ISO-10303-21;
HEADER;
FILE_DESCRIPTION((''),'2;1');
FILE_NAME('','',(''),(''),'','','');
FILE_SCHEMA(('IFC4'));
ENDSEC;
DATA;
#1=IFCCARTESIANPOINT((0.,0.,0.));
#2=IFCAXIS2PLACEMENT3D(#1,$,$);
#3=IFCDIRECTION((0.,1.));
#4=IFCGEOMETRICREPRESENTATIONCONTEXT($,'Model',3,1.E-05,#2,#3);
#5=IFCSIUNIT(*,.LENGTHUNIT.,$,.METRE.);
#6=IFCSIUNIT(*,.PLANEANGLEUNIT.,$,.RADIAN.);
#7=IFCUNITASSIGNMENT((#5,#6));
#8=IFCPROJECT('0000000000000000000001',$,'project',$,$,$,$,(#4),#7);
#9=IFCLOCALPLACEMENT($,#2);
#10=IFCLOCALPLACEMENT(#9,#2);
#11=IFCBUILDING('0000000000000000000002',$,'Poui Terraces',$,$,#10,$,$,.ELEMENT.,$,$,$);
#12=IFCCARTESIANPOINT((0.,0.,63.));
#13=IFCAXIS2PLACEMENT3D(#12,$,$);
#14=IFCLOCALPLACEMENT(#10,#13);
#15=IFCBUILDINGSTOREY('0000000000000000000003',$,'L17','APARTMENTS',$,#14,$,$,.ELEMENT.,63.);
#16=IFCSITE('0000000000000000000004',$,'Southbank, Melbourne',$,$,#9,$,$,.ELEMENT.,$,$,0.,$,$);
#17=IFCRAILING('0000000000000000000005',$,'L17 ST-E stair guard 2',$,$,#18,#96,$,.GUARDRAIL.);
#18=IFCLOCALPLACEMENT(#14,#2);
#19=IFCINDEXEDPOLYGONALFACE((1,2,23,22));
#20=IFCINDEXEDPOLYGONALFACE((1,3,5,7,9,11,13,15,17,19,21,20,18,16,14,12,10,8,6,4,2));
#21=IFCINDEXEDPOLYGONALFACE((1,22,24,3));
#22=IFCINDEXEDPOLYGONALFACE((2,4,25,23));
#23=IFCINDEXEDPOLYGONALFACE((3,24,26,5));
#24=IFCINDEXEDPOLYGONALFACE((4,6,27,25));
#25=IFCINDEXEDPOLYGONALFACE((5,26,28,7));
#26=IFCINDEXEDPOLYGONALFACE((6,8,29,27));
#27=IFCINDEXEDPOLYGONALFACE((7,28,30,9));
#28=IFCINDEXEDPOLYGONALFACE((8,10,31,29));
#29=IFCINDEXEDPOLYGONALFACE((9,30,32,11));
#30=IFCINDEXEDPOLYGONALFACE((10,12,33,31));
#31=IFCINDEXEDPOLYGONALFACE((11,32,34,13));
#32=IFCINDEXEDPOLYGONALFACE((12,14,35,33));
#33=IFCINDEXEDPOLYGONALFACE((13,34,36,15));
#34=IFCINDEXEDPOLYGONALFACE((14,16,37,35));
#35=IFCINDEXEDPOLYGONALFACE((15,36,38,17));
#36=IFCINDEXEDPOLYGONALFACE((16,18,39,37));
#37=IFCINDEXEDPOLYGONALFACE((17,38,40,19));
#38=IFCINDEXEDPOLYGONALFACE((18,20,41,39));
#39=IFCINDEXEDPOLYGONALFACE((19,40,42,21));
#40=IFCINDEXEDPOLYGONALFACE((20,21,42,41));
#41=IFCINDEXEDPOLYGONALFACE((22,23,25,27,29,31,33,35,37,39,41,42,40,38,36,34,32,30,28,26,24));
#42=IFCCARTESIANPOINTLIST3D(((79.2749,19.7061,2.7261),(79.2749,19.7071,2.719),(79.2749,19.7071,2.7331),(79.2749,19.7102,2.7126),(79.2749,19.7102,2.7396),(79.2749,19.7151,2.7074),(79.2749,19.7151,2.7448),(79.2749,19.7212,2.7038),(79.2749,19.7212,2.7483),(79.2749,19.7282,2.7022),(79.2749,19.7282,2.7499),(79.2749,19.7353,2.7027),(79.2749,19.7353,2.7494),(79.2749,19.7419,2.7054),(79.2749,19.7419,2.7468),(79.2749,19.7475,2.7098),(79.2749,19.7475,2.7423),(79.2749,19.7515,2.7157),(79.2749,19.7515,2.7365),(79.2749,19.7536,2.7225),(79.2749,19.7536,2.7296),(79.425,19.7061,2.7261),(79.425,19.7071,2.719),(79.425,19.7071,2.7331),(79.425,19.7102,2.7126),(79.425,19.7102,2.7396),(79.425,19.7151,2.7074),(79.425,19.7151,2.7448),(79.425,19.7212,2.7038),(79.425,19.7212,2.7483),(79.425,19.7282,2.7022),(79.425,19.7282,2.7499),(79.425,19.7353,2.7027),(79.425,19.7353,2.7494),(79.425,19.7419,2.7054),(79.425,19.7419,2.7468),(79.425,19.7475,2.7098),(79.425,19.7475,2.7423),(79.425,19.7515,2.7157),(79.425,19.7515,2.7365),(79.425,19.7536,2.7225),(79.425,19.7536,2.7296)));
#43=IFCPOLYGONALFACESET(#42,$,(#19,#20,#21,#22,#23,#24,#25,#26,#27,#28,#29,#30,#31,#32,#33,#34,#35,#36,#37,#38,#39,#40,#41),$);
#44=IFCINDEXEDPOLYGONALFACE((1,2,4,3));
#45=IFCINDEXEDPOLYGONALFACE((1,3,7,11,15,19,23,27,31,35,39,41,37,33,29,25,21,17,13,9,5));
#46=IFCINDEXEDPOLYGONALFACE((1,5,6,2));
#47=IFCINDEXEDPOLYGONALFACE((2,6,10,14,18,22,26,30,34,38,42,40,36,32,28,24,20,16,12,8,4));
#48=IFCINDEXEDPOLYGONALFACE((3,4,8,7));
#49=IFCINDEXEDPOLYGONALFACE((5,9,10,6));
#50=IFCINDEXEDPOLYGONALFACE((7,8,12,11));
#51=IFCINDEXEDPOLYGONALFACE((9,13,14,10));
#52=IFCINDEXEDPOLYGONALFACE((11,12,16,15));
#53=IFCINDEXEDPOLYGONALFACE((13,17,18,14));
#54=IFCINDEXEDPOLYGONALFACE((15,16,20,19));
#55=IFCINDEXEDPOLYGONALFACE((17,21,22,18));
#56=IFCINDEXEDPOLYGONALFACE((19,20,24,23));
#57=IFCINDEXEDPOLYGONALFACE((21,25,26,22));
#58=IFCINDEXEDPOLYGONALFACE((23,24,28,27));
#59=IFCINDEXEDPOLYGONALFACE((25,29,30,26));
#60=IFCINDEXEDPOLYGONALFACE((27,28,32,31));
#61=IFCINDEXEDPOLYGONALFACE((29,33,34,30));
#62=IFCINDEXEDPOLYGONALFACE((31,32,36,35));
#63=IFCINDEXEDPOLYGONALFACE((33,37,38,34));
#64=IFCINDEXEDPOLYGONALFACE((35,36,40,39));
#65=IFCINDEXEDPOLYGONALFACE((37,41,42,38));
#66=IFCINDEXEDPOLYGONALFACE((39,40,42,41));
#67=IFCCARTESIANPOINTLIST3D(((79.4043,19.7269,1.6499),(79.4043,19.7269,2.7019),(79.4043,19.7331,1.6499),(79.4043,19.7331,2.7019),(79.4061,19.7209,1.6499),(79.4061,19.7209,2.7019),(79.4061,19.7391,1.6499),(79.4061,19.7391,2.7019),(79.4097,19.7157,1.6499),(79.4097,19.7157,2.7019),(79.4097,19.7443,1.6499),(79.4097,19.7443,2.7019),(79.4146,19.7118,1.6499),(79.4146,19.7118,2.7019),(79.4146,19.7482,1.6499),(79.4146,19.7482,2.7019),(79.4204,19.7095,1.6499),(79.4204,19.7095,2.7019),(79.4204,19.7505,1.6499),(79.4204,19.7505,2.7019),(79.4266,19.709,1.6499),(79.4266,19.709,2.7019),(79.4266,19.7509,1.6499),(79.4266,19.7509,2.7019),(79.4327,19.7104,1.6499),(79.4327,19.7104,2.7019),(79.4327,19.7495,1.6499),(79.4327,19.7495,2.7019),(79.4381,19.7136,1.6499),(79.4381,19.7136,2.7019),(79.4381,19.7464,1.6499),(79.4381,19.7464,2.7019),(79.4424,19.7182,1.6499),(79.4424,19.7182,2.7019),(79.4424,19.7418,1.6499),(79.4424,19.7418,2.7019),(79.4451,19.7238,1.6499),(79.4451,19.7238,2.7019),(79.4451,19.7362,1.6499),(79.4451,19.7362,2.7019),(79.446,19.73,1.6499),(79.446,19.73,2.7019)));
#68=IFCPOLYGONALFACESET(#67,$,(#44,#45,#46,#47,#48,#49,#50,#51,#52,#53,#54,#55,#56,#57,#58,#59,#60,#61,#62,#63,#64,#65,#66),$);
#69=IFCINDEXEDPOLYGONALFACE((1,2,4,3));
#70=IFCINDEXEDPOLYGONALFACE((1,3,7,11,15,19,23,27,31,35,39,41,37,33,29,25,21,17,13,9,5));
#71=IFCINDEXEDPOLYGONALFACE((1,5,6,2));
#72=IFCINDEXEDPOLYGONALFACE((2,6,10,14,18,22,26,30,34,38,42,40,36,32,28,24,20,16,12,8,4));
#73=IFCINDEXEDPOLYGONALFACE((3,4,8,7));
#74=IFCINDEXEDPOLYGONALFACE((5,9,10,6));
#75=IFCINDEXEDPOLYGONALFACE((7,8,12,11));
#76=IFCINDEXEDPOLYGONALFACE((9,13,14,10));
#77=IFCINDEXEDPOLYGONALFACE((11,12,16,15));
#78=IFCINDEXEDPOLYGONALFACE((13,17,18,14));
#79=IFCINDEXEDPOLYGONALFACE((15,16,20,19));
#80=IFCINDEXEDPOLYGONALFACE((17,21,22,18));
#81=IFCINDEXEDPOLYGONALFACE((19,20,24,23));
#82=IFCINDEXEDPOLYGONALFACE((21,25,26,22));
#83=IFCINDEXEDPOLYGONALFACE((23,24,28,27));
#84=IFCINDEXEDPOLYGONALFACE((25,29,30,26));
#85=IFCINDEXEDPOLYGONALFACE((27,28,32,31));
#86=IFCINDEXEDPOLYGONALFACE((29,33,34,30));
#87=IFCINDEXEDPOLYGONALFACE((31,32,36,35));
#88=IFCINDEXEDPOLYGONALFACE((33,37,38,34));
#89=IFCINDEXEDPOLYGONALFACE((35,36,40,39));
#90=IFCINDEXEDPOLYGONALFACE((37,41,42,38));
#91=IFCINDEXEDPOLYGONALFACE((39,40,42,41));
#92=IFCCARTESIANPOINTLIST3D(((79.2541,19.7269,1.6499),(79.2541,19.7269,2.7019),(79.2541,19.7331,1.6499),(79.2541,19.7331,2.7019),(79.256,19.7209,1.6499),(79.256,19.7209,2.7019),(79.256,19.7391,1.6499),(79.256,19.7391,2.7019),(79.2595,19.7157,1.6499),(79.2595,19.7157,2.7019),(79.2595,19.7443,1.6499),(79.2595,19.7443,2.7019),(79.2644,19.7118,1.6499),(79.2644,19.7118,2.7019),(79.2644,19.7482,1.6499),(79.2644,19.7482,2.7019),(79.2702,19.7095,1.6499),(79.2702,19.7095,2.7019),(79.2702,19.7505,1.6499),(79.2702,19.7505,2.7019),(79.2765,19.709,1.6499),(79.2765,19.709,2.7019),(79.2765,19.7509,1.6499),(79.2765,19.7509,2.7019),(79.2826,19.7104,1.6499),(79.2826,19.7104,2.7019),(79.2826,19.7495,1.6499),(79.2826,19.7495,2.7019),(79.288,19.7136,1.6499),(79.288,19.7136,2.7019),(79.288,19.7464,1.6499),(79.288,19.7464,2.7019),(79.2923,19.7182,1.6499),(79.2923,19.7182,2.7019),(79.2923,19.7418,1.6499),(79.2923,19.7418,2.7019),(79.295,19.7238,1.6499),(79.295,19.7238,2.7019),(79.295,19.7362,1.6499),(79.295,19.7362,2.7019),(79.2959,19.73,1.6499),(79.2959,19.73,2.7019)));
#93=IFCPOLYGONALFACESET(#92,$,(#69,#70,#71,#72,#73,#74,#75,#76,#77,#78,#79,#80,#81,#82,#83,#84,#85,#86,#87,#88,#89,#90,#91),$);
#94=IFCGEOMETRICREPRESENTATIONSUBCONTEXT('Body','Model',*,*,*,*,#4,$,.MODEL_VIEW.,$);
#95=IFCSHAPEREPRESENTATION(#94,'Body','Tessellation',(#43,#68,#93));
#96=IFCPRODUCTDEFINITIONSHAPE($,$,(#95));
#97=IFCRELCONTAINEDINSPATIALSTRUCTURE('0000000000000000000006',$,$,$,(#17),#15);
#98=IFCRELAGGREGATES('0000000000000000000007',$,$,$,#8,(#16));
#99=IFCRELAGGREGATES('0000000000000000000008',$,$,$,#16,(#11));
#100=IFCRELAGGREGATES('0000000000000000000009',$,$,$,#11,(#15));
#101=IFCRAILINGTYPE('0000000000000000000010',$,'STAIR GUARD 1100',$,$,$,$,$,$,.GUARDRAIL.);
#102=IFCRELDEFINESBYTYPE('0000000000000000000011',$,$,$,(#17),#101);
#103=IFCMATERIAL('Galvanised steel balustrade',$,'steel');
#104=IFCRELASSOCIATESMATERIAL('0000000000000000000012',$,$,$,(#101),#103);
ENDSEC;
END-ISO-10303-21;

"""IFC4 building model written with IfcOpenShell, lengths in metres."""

from ifc_helpers import new_model, si_unit, direction, frame, origin, origin_2d, place, context, subcontext, project, spatial, circle, extrude, material, type_object, element, save


model = new_model("IFC4")

# Units and contexts
model_context = context("Model", 3, precision=1e-05, world=origin(), true_north=direction((0.0, 1.0)))
body_context = subcontext(model_context, "Body", "Model", "MODEL_VIEW")
ifc_project = project(units=[si_unit("LENGTHUNIT", "METRE"), si_unit("PLANEANGLEUNIT", "RADIAN")], contexts=[model_context])

# Site, building, storey
site_placement = place(None, origin())
site = spatial("IfcSite", under=ifc_project, at=site_placement, Name="Southbank, Melbourne", CompositionType="ELEMENT", RefElevation=0.0)
building_placement = place(site_placement, origin())
building = spatial("IfcBuilding", under=site, at=building_placement, Name="Poui Terraces", CompositionType="ELEMENT")
storey_placement = place(building_placement, frame((0.0, 0.0, 63.0)))
storey = spatial("IfcBuildingStorey", under=building, at=storey_placement, Name="L17", Description="APARTMENTS", CompositionType="ELEMENT", Elevation=63.0)

# Railing
ifc_material_1 = material(Name="Galvanised steel balustrade", Category="steel")
railing_type_1 = type_object("IfcRailingType", Name="STAIR GUARD 1100", PredefinedType="GUARDRAIL", material=ifc_material_1)
railing_1_placement = place(storey_placement, frame((79.425, 19.73, 1.6499)))
element("IfcRailing", 1, at=railing_1_placement, inside=storey, type_object=railing_type_1, Name="L17 ST-E stair guard 2", PredefinedType="GUARDRAIL", context=body_context, shape_type="SweptSolid", body=[
    extrude(circle(Radius=0.0239, at=origin_2d()), frame((0.0, 0.0, 1.0762), z_axis=(-1.0, 0.0, 0.0), x_axis=(0.0, -1.0, 0.0)), (0.0, 0.0, 1.0), 0.1501),
    extrude(circle(Radius=0.021, at=origin_2d()), origin(), (0.0, 0.0, 1.0), 1.052),
    extrude(circle(Radius=0.021, at=origin_2d()), frame((-0.1501, 0.0, 0.0)), (0.0, 0.0, 1.0), 1.052),
])

save(model, "model.ifc")
